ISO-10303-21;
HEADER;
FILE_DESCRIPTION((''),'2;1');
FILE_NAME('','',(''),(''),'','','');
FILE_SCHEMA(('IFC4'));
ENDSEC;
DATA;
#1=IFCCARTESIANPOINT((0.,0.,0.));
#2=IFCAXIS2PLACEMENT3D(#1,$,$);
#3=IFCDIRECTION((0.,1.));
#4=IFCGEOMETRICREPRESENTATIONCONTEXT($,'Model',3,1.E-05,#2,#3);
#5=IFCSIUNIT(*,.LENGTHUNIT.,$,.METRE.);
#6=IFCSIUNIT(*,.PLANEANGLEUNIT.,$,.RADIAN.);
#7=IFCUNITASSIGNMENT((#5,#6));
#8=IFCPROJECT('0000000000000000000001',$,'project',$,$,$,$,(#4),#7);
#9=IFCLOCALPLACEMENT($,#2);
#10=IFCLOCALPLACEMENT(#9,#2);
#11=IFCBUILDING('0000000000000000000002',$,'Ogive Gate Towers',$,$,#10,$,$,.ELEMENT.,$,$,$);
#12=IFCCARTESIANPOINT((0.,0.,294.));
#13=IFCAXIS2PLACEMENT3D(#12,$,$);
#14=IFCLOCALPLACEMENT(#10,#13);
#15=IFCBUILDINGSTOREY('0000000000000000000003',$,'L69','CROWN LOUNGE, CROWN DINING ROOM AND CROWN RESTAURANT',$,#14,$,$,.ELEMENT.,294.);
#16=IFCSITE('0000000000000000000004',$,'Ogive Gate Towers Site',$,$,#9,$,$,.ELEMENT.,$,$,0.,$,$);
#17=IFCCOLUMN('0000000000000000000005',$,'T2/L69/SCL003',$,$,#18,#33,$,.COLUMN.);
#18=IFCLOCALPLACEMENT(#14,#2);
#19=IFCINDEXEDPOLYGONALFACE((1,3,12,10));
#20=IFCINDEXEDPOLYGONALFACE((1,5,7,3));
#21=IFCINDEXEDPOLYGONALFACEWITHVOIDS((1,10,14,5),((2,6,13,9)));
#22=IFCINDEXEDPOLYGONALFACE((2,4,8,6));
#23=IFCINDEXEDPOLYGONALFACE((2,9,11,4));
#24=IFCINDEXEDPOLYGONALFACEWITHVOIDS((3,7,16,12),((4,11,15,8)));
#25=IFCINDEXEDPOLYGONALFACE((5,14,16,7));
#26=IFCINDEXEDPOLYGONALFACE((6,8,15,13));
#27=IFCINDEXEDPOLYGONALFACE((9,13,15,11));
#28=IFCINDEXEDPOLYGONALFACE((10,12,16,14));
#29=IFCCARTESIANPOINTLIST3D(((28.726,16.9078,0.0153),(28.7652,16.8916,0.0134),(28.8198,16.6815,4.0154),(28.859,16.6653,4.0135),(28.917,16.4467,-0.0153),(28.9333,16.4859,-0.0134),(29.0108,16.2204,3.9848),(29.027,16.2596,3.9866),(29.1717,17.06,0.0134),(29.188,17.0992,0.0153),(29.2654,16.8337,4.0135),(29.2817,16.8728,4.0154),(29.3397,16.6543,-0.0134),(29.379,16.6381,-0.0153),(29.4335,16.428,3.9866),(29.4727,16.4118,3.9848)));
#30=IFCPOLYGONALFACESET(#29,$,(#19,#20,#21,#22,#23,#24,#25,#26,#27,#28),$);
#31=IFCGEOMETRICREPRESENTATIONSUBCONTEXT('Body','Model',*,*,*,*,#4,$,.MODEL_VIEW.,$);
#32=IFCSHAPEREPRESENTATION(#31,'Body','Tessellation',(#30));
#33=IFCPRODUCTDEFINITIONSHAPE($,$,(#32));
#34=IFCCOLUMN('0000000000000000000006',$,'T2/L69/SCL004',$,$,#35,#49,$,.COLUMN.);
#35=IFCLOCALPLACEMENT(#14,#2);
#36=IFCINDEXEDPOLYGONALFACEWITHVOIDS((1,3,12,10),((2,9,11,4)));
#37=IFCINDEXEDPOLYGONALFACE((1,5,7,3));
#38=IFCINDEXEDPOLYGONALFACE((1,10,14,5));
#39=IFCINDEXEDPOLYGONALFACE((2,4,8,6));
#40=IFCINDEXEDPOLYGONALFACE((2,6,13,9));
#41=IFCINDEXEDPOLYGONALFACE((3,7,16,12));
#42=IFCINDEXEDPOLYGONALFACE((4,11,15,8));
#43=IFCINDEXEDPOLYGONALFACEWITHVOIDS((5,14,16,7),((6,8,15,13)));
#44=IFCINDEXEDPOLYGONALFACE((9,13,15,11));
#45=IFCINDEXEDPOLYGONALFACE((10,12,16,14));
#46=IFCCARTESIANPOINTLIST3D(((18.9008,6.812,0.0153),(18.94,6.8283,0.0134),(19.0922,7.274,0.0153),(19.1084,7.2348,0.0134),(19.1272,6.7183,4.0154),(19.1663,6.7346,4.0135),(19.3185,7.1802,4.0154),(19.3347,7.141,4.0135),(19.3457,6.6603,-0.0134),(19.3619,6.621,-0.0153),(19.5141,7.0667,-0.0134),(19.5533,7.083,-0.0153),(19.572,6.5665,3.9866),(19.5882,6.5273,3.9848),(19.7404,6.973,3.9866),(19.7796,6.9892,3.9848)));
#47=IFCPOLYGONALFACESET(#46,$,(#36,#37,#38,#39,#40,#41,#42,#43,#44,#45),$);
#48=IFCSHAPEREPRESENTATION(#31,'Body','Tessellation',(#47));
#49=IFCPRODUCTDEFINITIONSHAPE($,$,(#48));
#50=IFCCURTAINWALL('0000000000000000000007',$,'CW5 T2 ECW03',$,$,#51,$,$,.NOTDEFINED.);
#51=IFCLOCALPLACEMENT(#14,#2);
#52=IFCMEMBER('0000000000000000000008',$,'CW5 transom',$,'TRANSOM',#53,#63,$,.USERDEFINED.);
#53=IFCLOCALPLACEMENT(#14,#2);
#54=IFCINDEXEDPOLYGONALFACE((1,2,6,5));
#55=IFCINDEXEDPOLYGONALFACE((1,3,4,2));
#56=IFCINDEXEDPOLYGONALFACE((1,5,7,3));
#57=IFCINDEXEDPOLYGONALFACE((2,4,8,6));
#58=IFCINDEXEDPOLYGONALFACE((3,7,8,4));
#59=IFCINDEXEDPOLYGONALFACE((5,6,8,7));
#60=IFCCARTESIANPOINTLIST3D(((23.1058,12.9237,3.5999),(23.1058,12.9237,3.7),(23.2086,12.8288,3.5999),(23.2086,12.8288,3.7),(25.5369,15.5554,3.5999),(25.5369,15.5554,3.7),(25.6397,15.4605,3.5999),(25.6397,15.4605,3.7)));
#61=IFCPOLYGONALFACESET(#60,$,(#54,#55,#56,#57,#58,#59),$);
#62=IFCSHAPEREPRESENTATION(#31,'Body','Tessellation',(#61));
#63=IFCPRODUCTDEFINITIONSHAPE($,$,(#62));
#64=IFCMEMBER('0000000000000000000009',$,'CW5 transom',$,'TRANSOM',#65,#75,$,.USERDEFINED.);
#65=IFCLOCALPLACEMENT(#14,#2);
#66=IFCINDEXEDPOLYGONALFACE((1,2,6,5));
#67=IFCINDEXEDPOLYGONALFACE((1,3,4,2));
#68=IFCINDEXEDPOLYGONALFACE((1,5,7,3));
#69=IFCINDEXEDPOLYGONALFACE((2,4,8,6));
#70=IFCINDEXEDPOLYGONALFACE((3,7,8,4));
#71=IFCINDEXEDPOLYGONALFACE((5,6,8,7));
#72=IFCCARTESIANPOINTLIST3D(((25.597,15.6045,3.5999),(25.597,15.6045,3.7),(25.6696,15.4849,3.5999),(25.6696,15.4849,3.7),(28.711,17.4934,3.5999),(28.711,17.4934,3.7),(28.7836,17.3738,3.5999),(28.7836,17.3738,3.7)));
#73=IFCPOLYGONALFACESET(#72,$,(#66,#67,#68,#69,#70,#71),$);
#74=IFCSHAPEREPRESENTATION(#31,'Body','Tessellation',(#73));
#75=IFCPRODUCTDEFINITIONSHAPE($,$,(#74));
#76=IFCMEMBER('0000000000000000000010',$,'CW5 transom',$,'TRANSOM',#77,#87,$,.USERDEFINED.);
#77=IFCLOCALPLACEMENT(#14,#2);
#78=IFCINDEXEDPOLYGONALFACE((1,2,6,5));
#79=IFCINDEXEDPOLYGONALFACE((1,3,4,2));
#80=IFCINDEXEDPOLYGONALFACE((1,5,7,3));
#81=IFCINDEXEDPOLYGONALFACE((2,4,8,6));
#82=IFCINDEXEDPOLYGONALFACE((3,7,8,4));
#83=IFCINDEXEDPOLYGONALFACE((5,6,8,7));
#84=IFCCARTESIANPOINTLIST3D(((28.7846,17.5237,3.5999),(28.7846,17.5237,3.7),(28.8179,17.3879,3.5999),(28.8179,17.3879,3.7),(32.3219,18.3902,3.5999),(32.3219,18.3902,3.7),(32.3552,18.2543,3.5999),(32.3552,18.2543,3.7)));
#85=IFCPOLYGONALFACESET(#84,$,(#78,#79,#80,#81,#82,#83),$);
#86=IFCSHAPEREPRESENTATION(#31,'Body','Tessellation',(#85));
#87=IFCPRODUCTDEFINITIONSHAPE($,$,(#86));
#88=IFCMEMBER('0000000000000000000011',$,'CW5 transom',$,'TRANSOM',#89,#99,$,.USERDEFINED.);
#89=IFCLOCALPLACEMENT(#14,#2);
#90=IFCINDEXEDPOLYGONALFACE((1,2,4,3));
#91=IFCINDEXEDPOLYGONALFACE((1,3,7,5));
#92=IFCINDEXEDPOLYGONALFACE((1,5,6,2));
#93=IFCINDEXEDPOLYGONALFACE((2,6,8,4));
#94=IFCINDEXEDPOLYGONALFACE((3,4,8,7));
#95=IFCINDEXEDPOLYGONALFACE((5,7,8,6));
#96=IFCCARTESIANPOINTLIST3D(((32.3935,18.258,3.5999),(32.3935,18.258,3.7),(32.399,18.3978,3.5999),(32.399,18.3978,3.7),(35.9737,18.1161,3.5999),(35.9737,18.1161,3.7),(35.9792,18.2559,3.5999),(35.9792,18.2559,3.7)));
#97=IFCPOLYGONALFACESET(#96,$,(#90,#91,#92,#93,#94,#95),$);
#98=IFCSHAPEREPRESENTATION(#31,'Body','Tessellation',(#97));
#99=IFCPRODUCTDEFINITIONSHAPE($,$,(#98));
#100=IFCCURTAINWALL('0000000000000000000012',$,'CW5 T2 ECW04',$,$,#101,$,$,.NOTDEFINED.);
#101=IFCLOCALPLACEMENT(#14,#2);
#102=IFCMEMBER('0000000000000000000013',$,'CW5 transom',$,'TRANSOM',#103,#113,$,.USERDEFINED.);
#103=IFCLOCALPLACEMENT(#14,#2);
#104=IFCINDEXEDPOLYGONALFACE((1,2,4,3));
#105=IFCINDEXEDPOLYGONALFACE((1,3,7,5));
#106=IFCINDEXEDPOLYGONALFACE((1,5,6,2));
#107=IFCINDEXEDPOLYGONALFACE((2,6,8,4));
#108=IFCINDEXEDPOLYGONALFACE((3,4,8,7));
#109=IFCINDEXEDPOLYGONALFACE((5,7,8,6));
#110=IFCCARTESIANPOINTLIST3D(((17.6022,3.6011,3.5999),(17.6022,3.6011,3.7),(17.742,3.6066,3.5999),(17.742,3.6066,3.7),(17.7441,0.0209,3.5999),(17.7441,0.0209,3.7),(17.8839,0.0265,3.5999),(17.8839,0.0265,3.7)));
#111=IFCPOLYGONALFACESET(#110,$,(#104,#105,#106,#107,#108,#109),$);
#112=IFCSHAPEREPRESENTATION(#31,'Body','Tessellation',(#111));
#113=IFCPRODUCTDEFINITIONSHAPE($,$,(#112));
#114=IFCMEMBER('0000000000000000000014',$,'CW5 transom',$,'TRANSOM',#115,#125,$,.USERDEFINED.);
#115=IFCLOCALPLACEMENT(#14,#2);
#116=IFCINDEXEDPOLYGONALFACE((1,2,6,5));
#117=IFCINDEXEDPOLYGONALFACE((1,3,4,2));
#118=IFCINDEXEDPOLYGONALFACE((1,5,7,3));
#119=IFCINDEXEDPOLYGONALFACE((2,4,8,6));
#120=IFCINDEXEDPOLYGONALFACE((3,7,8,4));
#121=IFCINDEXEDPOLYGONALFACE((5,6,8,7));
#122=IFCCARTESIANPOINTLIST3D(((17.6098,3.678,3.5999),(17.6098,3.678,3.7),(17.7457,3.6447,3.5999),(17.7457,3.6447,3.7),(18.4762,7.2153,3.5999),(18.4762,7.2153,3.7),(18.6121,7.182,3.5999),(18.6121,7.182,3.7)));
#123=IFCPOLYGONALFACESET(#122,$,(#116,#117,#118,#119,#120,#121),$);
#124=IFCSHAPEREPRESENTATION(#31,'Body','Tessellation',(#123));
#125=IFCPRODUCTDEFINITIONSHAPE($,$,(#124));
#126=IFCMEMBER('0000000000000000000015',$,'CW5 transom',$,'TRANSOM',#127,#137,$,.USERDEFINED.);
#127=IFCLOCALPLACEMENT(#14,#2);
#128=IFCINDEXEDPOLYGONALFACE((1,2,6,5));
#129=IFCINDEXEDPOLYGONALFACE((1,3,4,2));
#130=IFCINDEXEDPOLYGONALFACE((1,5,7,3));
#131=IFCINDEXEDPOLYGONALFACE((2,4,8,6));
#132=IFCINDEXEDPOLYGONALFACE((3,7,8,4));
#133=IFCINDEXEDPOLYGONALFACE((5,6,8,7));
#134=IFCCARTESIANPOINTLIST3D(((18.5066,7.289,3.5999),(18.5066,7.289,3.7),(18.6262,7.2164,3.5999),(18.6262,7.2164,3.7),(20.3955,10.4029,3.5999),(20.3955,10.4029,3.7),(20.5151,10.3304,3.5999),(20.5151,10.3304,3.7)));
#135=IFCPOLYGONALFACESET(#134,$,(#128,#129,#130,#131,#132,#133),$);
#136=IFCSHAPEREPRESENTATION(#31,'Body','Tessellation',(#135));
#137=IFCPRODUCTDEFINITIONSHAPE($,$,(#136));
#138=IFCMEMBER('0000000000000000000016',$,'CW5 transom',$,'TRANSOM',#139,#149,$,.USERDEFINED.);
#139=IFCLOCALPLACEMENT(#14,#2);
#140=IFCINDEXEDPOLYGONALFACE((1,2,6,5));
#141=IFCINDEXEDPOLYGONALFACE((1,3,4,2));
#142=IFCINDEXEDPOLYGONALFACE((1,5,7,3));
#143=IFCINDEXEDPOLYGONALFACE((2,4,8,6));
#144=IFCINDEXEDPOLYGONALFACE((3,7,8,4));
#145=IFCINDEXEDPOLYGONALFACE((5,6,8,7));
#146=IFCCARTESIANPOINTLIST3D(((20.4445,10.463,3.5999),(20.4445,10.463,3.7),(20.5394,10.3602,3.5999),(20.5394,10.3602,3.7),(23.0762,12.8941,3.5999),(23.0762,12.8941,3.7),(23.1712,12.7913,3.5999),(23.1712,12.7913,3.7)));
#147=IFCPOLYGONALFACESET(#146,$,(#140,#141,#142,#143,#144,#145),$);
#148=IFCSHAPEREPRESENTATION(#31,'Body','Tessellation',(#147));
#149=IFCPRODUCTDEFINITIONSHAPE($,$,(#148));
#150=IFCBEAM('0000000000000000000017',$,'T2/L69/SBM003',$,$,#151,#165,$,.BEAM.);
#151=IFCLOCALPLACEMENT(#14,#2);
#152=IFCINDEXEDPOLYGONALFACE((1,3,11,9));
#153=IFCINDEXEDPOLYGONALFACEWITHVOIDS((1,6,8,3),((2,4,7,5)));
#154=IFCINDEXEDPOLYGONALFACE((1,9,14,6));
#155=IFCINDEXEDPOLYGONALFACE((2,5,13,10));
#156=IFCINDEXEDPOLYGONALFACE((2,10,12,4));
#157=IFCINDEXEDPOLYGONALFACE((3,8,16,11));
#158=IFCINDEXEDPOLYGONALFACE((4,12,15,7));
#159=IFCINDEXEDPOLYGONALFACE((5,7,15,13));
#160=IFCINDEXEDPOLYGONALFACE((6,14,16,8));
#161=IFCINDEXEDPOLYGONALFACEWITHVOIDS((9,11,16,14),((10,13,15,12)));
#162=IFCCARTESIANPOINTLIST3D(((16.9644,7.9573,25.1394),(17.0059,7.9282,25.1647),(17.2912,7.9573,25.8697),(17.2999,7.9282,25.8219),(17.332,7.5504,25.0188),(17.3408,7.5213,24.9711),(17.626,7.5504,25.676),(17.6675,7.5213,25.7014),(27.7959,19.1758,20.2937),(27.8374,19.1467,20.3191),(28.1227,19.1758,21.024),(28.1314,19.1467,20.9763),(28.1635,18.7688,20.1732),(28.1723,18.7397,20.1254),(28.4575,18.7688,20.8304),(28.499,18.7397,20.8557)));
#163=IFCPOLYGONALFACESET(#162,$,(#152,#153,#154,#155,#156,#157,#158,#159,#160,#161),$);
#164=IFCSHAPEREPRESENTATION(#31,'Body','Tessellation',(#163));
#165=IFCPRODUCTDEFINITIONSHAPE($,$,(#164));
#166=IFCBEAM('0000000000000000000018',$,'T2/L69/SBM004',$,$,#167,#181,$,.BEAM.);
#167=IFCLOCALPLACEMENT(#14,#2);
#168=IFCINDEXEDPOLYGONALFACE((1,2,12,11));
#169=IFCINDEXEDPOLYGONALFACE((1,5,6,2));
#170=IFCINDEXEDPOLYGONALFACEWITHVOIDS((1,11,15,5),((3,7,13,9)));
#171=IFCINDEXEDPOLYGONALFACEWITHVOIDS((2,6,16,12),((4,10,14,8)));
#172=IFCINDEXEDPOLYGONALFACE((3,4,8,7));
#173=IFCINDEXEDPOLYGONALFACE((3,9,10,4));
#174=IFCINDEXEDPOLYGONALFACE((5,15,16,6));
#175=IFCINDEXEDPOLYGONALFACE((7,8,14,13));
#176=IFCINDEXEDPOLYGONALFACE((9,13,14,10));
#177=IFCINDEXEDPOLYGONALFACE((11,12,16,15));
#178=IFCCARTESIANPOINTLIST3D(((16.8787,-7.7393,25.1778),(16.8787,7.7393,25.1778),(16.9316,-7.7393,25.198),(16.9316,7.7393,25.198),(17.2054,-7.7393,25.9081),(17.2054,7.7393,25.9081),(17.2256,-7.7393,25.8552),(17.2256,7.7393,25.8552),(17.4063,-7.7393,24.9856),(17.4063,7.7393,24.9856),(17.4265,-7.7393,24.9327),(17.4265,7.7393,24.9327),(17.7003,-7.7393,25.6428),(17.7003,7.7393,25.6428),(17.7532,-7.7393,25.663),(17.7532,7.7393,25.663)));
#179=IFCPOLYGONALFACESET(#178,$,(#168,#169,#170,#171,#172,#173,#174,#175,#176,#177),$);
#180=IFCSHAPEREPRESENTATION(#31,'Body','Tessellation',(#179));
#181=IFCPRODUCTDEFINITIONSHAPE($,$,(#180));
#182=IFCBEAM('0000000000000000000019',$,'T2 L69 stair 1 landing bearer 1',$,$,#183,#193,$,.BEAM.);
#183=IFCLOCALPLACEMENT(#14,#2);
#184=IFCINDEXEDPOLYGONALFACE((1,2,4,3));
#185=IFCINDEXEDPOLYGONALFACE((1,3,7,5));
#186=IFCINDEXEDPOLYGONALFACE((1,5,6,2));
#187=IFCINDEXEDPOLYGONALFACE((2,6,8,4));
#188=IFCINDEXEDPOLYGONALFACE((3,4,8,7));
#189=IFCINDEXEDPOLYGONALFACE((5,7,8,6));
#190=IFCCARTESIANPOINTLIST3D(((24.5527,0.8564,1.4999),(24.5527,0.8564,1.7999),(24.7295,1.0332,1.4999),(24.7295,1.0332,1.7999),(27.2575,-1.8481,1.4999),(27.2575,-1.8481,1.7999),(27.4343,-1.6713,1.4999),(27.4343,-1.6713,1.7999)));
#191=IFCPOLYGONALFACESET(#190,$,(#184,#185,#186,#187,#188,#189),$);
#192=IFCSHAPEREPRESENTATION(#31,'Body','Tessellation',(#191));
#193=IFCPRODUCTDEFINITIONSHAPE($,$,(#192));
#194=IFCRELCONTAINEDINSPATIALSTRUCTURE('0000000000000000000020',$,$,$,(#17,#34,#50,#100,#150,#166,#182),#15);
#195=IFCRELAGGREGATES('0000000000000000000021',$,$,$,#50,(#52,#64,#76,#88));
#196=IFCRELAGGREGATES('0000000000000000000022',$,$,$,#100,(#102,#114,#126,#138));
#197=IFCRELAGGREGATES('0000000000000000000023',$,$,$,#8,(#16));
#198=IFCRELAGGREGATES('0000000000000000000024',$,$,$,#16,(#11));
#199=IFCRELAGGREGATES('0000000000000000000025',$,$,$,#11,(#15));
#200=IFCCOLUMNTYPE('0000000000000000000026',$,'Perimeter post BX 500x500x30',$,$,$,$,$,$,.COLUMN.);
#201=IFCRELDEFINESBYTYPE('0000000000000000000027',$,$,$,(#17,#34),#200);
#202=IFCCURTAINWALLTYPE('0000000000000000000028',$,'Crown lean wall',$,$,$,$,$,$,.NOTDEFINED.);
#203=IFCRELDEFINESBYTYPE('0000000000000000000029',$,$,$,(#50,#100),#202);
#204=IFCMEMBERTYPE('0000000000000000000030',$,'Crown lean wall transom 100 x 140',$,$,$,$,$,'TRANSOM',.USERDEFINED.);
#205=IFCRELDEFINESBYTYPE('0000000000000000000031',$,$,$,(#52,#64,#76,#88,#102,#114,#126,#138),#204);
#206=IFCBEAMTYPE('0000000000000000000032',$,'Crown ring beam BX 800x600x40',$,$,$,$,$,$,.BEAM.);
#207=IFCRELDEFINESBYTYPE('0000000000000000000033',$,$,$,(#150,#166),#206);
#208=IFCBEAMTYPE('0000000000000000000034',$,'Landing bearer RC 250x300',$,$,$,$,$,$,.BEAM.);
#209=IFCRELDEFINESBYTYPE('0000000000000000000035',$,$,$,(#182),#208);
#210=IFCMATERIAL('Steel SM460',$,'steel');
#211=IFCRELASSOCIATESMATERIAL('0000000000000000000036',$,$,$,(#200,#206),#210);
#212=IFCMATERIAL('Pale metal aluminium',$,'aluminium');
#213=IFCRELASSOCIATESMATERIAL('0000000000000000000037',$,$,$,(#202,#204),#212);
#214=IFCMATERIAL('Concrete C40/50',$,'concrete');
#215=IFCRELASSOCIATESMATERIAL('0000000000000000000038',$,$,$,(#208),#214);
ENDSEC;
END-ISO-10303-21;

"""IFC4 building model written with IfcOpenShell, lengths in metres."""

from ifc_helpers import new_model, si_unit, direction, frame, origin, origin_2d, place, context, subcontext, project, spatial, rectangle, hollow_rectangle, extrude, material, material_profile, profile_set, type_object, element, aggregate, save


model = new_model("IFC4")

# Units and contexts
model_context = context("Model", 3, precision=1e-05, world=origin(), true_north=direction((0.0, 1.0)))
body_context = subcontext(model_context, "Body", "Model", "MODEL_VIEW")
ifc_project = project(units=[si_unit("LENGTHUNIT", "METRE"), si_unit("PLANEANGLEUNIT", "RADIAN")], contexts=[model_context])

# Site, building, storey
site_placement = place(None, origin())
site = spatial("IfcSite", under=ifc_project, at=site_placement, Name="Ogive Gate Towers Site", CompositionType="ELEMENT", RefElevation=0.0)
building_placement = place(site_placement, origin())
building = spatial("IfcBuilding", under=site, at=building_placement, Name="Ogive Gate Towers", CompositionType="ELEMENT")
storey_placement = place(building_placement, frame((0.0, 0.0, 294.0)))
storey = spatial("IfcBuildingStorey", under=building, at=storey_placement, Name="L69", Description="CROWN LOUNGE, CROWN DINING ROOM AND CROWN RESTAURANT", CompositionType="ELEMENT", Elevation=294.0)

# Columns
ifc_material_1 = material(Name="Steel SM460", Category="steel")
ifc_material_profile_1 = material_profile(ifc_material_1, hollow_rectangle(XDim=0.5, YDim=0.5, WallThickness=0.03, at=origin_2d()), Name="BX 500x500x30")
ifc_profile_set_1 = profile_set([ifc_material_profile_1], Name="Steel SM460")
column_type = type_object("IfcColumnType", Name="Perimeter post BX 500x500x30", PredefinedType="COLUMN", material=ifc_profile_set_1)
for number, where, z_axis, x_axis, name in (
    (1, (29.0525, 16.7729, 0.0), (0.023394, -0.056474, 0.99813), (0.923871, 0.382704, 0.0), "T2/L69/SCL003"),
    (2, (19.2271, 6.9475, 0.0), (0.056474, -0.023394, 0.99813), (0.382704, 0.923871, 0.0), "T2/L69/SCL004"),
):
    element("IfcColumn", number, at=place(storey_placement, frame(where, z_axis=z_axis, x_axis=x_axis)), inside=storey, type_object=column_type, Name=name, PredefinedType="COLUMN", context=body_context, shape_type="SweptSolid", body=[
        extrude(hollow_rectangle(XDim=0.5, YDim=0.5, WallThickness=0.03, at=origin_2d()), origin(), (0.0, 0.0, 1.0), 4.0076),
    ])

# Curtain walls, members
ifc_material_2 = material(Name="Pale metal aluminium", Category="aluminium")
curtain_wall_type = type_object("IfcCurtainWallType", Name="Crown lean wall", PredefinedType="NOTDEFINED", material=ifc_material_2)
curtain_wall_1_placement = place(storey_placement, origin())
curtain_wall_1 = element("IfcCurtainWall", 3, at=curtain_wall_1_placement, inside=storey, type_object=curtain_wall_type, Name="CW5 T2 ECW03", PredefinedType="NOTDEFINED")
ifc_material_profile_2 = material_profile(ifc_material_2, rectangle(XDim=0.1399, YDim=0.1001, at=origin_2d()), Name="100 x 140 aluminium box")
ifc_profile_set_2 = profile_set([ifc_material_profile_2], Name="Pale metal aluminium")
member_type = type_object("IfcMemberType", Name="Crown lean wall transom 100 x 140", ElementType="TRANSOM", PredefinedType="USERDEFINED", material=ifc_profile_set_2)
member_1_placement = place(storey_placement, frame((23.1572, 12.8762, 3.6499), z_axis=(0.678546, 0.734558, 0.0), x_axis=(-0.734558, 0.678546, 0.0)))
member_1 = element("IfcMember", 4, at=member_1_placement, type_object=member_type, Name="CW5 transom", ObjectType="TRANSOM", PredefinedType="USERDEFINED", context=body_context, shape_type="SweptSolid", body=[
    extrude(rectangle(XDim=0.1399, YDim=0.1001, at=origin_2d()), origin(), (0.0, 0.0, 1.0), 3.5828),
])
member_2_placement = place(storey_placement, frame((25.6333, 15.5447, 3.6499), z_axis=(0.854999, 0.51863, 0.0), x_axis=(-0.51863, 0.854999, 0.0)))
member_2 = element("IfcMember", 5, at=member_2_placement, type_object=member_type, Name="CW5 transom", ObjectType="TRANSOM", PredefinedType="USERDEFINED", context=body_context, shape_type="SweptSolid", body=[
    extrude(rectangle(XDim=0.1399, YDim=0.1001, at=origin_2d()), origin(), (0.0, 0.0, 1.0), 3.6421),
])
member_3_placement = place(storey_placement, frame((28.8013, 17.4558, 3.6499), z_axis=(0.971287, 0.237911, 0.0), x_axis=(-0.237911, 0.971287, 0.0)))
member_3 = element("IfcMember", 6, at=member_3_placement, type_object=member_type, Name="CW5 transom", ObjectType="TRANSOM", PredefinedType="USERDEFINED", context=body_context, shape_type="SweptSolid", body=[
    extrude(rectangle(XDim=0.1399, YDim=0.1001, at=origin_2d()), origin(), (0.0, 0.0, 1.0), 3.6418),
])
member_4_placement = place(storey_placement, frame((32.3962, 18.3279, 3.6499), z_axis=(0.999216, -0.03959, 0.0), x_axis=(0.03959, 0.999216, 0.0)))
member_4 = element("IfcMember", 7, at=member_4_placement, type_object=member_type, Name="CW5 transom", ObjectType="TRANSOM", PredefinedType="USERDEFINED", context=body_context, shape_type="SweptSolid", body=[
    extrude(rectangle(XDim=0.1399, YDim=0.1001, at=origin_2d()), origin(), (0.0, 0.0, 1.0), 3.583),
])
aggregate(curtain_wall_1, [member_1, member_2, member_3, member_4])
curtain_wall_2_placement = place(storey_placement, origin())
curtain_wall_2 = element("IfcCurtainWall", 8, at=curtain_wall_2_placement, inside=storey, type_object=curtain_wall_type, Name="CW5 T2 ECW04", PredefinedType="NOTDEFINED")
member_5_placement = place(storey_placement, frame((17.814, 0.0237, 3.6499), z_axis=(-0.03959, 0.999216, 0.0), x_axis=(-0.999216, -0.03959, 0.0)))
member_5 = element("IfcMember", 9, at=member_5_placement, type_object=member_type, Name="CW5 transom", ObjectType="TRANSOM", PredefinedType="USERDEFINED", context=body_context, shape_type="SweptSolid", body=[
    extrude(rectangle(XDim=0.1399, YDim=0.1001, at=origin_2d()), origin(), (0.0, 0.0, 1.0), 3.583),
])
member_6_placement = place(storey_placement, frame((17.6777, 3.6614, 3.6499), z_axis=(0.237911, 0.971287, 0.0), x_axis=(-0.971287, 0.237911, 0.0)))
member_6 = element("IfcMember", 10, at=member_6_placement, type_object=member_type, Name="CW5 transom", ObjectType="TRANSOM", PredefinedType="USERDEFINED", context=body_context, shape_type="SweptSolid", body=[
    extrude(rectangle(XDim=0.1399, YDim=0.1001, at=origin_2d()), origin(), (0.0, 0.0, 1.0), 3.6418),
])
member_7_placement = place(storey_placement, frame((18.5664, 7.2527, 3.6499), z_axis=(0.51863, 0.854999, 0.0), x_axis=(-0.854999, 0.51863, 0.0)))
member_7 = element("IfcMember", 11, at=member_7_placement, type_object=member_type, Name="CW5 transom", ObjectType="TRANSOM", PredefinedType="USERDEFINED", context=body_context, shape_type="SweptSolid", body=[
    extrude(rectangle(XDim=0.1399, YDim=0.1001, at=origin_2d()), origin(), (0.0, 0.0, 1.0), 3.6421),
])
member_8_placement = place(storey_placement, frame((20.4919, 10.4116, 3.6499), z_axis=(0.734558, 0.678546, 0.0), x_axis=(-0.678546, 0.734558, 0.0)))
member_8 = element("IfcMember", 12, at=member_8_placement, type_object=member_type, Name="CW5 transom", ObjectType="TRANSOM", PredefinedType="USERDEFINED", context=body_context, shape_type="SweptSolid", body=[
    extrude(rectangle(XDim=0.1399, YDim=0.1001, at=origin_2d()), origin(), (0.0, 0.0, 1.0), 3.5828),
])
aggregate(curtain_wall_2, [member_5, member_6, member_7, member_8])

# Beams
ifc_material_profile_3 = material_profile(ifc_material_1, hollow_rectangle(XDim=0.6001, YDim=0.8, WallThickness=0.04, at=origin_2d()), Name="BX 800x600x40")
ifc_profile_set_3 = profile_set([ifc_material_profile_3], Name="Steel SM460")
beam_type_1 = type_object("IfcBeamType", Name="Crown ring beam BX 800x600x40", PredefinedType="BEAM", material=ifc_profile_set_3)
beam_1_placement = place(storey_placement, frame((28.1475, 18.9578, 20.5747), z_axis=(-0.663305, -0.687001, 0.296742), x_axis=(-0.627106, 0.726656, 0.280551)))
element("IfcBeam", 13, at=beam_1_placement, inside=storey, type_object=beam_type_1, Name="T2/L69/SBM003", PredefinedType="BEAM", context=body_context, shape_type="SweptSolid", body=[
    extrude(hollow_rectangle(XDim=0.6001, YDim=0.8, WallThickness=0.04, at=origin_2d()), origin(), (0.0, 0.0, 1.0), 16.3296),
])
beam_2_placement = place(storey_placement, frame((17.3159, 7.7393, 25.4204), z_axis=(0.0, -1.0, 0.0), x_axis=(-0.912818, 0.0, 0.408366)))
element("IfcBeam", 14, at=beam_2_placement, inside=storey, type_object=beam_type_1, Name="T2/L69/SBM004", PredefinedType="BEAM", context=body_context, shape_type="SweptSolid", body=[
    extrude(hollow_rectangle(XDim=0.6001, YDim=0.8, WallThickness=0.04, at=origin_2d()), origin(), (0.0, 0.0, 1.0), 15.4785),
])
ifc_material_3 = material(Name="Concrete C40/50", Category="concrete")
ifc_material_profile_4 = material_profile(ifc_material_3, rectangle(XDim=0.25, YDim=0.3, at=origin_2d()), Name="RC 250x300")
ifc_profile_set_4 = profile_set([ifc_material_profile_4], Name="Concrete C40/50")
beam_type_2 = type_object("IfcBeamType", Name="Landing bearer RC 250x300", PredefinedType="BEAM", material=ifc_profile_set_4)
beam_3_placement = place(storey_placement, frame((24.6411, 0.9448, 1.6499), z_axis=(0.707139, -0.707075, 0.0), x_axis=(0.707075, 0.707139, 0.0)))
element("IfcBeam", 15, at=beam_3_placement, inside=storey, type_object=beam_type_2, Name="T2 L69 stair 1 landing bearer 1", PredefinedType="BEAM", context=body_context, shape_type="SweptSolid", body=[
    extrude(rectangle(XDim=0.25, YDim=0.3, at=origin_2d()), origin(), (0.0, 0.0, 1.0), 3.825),
])

save(model, "model.ifc")
